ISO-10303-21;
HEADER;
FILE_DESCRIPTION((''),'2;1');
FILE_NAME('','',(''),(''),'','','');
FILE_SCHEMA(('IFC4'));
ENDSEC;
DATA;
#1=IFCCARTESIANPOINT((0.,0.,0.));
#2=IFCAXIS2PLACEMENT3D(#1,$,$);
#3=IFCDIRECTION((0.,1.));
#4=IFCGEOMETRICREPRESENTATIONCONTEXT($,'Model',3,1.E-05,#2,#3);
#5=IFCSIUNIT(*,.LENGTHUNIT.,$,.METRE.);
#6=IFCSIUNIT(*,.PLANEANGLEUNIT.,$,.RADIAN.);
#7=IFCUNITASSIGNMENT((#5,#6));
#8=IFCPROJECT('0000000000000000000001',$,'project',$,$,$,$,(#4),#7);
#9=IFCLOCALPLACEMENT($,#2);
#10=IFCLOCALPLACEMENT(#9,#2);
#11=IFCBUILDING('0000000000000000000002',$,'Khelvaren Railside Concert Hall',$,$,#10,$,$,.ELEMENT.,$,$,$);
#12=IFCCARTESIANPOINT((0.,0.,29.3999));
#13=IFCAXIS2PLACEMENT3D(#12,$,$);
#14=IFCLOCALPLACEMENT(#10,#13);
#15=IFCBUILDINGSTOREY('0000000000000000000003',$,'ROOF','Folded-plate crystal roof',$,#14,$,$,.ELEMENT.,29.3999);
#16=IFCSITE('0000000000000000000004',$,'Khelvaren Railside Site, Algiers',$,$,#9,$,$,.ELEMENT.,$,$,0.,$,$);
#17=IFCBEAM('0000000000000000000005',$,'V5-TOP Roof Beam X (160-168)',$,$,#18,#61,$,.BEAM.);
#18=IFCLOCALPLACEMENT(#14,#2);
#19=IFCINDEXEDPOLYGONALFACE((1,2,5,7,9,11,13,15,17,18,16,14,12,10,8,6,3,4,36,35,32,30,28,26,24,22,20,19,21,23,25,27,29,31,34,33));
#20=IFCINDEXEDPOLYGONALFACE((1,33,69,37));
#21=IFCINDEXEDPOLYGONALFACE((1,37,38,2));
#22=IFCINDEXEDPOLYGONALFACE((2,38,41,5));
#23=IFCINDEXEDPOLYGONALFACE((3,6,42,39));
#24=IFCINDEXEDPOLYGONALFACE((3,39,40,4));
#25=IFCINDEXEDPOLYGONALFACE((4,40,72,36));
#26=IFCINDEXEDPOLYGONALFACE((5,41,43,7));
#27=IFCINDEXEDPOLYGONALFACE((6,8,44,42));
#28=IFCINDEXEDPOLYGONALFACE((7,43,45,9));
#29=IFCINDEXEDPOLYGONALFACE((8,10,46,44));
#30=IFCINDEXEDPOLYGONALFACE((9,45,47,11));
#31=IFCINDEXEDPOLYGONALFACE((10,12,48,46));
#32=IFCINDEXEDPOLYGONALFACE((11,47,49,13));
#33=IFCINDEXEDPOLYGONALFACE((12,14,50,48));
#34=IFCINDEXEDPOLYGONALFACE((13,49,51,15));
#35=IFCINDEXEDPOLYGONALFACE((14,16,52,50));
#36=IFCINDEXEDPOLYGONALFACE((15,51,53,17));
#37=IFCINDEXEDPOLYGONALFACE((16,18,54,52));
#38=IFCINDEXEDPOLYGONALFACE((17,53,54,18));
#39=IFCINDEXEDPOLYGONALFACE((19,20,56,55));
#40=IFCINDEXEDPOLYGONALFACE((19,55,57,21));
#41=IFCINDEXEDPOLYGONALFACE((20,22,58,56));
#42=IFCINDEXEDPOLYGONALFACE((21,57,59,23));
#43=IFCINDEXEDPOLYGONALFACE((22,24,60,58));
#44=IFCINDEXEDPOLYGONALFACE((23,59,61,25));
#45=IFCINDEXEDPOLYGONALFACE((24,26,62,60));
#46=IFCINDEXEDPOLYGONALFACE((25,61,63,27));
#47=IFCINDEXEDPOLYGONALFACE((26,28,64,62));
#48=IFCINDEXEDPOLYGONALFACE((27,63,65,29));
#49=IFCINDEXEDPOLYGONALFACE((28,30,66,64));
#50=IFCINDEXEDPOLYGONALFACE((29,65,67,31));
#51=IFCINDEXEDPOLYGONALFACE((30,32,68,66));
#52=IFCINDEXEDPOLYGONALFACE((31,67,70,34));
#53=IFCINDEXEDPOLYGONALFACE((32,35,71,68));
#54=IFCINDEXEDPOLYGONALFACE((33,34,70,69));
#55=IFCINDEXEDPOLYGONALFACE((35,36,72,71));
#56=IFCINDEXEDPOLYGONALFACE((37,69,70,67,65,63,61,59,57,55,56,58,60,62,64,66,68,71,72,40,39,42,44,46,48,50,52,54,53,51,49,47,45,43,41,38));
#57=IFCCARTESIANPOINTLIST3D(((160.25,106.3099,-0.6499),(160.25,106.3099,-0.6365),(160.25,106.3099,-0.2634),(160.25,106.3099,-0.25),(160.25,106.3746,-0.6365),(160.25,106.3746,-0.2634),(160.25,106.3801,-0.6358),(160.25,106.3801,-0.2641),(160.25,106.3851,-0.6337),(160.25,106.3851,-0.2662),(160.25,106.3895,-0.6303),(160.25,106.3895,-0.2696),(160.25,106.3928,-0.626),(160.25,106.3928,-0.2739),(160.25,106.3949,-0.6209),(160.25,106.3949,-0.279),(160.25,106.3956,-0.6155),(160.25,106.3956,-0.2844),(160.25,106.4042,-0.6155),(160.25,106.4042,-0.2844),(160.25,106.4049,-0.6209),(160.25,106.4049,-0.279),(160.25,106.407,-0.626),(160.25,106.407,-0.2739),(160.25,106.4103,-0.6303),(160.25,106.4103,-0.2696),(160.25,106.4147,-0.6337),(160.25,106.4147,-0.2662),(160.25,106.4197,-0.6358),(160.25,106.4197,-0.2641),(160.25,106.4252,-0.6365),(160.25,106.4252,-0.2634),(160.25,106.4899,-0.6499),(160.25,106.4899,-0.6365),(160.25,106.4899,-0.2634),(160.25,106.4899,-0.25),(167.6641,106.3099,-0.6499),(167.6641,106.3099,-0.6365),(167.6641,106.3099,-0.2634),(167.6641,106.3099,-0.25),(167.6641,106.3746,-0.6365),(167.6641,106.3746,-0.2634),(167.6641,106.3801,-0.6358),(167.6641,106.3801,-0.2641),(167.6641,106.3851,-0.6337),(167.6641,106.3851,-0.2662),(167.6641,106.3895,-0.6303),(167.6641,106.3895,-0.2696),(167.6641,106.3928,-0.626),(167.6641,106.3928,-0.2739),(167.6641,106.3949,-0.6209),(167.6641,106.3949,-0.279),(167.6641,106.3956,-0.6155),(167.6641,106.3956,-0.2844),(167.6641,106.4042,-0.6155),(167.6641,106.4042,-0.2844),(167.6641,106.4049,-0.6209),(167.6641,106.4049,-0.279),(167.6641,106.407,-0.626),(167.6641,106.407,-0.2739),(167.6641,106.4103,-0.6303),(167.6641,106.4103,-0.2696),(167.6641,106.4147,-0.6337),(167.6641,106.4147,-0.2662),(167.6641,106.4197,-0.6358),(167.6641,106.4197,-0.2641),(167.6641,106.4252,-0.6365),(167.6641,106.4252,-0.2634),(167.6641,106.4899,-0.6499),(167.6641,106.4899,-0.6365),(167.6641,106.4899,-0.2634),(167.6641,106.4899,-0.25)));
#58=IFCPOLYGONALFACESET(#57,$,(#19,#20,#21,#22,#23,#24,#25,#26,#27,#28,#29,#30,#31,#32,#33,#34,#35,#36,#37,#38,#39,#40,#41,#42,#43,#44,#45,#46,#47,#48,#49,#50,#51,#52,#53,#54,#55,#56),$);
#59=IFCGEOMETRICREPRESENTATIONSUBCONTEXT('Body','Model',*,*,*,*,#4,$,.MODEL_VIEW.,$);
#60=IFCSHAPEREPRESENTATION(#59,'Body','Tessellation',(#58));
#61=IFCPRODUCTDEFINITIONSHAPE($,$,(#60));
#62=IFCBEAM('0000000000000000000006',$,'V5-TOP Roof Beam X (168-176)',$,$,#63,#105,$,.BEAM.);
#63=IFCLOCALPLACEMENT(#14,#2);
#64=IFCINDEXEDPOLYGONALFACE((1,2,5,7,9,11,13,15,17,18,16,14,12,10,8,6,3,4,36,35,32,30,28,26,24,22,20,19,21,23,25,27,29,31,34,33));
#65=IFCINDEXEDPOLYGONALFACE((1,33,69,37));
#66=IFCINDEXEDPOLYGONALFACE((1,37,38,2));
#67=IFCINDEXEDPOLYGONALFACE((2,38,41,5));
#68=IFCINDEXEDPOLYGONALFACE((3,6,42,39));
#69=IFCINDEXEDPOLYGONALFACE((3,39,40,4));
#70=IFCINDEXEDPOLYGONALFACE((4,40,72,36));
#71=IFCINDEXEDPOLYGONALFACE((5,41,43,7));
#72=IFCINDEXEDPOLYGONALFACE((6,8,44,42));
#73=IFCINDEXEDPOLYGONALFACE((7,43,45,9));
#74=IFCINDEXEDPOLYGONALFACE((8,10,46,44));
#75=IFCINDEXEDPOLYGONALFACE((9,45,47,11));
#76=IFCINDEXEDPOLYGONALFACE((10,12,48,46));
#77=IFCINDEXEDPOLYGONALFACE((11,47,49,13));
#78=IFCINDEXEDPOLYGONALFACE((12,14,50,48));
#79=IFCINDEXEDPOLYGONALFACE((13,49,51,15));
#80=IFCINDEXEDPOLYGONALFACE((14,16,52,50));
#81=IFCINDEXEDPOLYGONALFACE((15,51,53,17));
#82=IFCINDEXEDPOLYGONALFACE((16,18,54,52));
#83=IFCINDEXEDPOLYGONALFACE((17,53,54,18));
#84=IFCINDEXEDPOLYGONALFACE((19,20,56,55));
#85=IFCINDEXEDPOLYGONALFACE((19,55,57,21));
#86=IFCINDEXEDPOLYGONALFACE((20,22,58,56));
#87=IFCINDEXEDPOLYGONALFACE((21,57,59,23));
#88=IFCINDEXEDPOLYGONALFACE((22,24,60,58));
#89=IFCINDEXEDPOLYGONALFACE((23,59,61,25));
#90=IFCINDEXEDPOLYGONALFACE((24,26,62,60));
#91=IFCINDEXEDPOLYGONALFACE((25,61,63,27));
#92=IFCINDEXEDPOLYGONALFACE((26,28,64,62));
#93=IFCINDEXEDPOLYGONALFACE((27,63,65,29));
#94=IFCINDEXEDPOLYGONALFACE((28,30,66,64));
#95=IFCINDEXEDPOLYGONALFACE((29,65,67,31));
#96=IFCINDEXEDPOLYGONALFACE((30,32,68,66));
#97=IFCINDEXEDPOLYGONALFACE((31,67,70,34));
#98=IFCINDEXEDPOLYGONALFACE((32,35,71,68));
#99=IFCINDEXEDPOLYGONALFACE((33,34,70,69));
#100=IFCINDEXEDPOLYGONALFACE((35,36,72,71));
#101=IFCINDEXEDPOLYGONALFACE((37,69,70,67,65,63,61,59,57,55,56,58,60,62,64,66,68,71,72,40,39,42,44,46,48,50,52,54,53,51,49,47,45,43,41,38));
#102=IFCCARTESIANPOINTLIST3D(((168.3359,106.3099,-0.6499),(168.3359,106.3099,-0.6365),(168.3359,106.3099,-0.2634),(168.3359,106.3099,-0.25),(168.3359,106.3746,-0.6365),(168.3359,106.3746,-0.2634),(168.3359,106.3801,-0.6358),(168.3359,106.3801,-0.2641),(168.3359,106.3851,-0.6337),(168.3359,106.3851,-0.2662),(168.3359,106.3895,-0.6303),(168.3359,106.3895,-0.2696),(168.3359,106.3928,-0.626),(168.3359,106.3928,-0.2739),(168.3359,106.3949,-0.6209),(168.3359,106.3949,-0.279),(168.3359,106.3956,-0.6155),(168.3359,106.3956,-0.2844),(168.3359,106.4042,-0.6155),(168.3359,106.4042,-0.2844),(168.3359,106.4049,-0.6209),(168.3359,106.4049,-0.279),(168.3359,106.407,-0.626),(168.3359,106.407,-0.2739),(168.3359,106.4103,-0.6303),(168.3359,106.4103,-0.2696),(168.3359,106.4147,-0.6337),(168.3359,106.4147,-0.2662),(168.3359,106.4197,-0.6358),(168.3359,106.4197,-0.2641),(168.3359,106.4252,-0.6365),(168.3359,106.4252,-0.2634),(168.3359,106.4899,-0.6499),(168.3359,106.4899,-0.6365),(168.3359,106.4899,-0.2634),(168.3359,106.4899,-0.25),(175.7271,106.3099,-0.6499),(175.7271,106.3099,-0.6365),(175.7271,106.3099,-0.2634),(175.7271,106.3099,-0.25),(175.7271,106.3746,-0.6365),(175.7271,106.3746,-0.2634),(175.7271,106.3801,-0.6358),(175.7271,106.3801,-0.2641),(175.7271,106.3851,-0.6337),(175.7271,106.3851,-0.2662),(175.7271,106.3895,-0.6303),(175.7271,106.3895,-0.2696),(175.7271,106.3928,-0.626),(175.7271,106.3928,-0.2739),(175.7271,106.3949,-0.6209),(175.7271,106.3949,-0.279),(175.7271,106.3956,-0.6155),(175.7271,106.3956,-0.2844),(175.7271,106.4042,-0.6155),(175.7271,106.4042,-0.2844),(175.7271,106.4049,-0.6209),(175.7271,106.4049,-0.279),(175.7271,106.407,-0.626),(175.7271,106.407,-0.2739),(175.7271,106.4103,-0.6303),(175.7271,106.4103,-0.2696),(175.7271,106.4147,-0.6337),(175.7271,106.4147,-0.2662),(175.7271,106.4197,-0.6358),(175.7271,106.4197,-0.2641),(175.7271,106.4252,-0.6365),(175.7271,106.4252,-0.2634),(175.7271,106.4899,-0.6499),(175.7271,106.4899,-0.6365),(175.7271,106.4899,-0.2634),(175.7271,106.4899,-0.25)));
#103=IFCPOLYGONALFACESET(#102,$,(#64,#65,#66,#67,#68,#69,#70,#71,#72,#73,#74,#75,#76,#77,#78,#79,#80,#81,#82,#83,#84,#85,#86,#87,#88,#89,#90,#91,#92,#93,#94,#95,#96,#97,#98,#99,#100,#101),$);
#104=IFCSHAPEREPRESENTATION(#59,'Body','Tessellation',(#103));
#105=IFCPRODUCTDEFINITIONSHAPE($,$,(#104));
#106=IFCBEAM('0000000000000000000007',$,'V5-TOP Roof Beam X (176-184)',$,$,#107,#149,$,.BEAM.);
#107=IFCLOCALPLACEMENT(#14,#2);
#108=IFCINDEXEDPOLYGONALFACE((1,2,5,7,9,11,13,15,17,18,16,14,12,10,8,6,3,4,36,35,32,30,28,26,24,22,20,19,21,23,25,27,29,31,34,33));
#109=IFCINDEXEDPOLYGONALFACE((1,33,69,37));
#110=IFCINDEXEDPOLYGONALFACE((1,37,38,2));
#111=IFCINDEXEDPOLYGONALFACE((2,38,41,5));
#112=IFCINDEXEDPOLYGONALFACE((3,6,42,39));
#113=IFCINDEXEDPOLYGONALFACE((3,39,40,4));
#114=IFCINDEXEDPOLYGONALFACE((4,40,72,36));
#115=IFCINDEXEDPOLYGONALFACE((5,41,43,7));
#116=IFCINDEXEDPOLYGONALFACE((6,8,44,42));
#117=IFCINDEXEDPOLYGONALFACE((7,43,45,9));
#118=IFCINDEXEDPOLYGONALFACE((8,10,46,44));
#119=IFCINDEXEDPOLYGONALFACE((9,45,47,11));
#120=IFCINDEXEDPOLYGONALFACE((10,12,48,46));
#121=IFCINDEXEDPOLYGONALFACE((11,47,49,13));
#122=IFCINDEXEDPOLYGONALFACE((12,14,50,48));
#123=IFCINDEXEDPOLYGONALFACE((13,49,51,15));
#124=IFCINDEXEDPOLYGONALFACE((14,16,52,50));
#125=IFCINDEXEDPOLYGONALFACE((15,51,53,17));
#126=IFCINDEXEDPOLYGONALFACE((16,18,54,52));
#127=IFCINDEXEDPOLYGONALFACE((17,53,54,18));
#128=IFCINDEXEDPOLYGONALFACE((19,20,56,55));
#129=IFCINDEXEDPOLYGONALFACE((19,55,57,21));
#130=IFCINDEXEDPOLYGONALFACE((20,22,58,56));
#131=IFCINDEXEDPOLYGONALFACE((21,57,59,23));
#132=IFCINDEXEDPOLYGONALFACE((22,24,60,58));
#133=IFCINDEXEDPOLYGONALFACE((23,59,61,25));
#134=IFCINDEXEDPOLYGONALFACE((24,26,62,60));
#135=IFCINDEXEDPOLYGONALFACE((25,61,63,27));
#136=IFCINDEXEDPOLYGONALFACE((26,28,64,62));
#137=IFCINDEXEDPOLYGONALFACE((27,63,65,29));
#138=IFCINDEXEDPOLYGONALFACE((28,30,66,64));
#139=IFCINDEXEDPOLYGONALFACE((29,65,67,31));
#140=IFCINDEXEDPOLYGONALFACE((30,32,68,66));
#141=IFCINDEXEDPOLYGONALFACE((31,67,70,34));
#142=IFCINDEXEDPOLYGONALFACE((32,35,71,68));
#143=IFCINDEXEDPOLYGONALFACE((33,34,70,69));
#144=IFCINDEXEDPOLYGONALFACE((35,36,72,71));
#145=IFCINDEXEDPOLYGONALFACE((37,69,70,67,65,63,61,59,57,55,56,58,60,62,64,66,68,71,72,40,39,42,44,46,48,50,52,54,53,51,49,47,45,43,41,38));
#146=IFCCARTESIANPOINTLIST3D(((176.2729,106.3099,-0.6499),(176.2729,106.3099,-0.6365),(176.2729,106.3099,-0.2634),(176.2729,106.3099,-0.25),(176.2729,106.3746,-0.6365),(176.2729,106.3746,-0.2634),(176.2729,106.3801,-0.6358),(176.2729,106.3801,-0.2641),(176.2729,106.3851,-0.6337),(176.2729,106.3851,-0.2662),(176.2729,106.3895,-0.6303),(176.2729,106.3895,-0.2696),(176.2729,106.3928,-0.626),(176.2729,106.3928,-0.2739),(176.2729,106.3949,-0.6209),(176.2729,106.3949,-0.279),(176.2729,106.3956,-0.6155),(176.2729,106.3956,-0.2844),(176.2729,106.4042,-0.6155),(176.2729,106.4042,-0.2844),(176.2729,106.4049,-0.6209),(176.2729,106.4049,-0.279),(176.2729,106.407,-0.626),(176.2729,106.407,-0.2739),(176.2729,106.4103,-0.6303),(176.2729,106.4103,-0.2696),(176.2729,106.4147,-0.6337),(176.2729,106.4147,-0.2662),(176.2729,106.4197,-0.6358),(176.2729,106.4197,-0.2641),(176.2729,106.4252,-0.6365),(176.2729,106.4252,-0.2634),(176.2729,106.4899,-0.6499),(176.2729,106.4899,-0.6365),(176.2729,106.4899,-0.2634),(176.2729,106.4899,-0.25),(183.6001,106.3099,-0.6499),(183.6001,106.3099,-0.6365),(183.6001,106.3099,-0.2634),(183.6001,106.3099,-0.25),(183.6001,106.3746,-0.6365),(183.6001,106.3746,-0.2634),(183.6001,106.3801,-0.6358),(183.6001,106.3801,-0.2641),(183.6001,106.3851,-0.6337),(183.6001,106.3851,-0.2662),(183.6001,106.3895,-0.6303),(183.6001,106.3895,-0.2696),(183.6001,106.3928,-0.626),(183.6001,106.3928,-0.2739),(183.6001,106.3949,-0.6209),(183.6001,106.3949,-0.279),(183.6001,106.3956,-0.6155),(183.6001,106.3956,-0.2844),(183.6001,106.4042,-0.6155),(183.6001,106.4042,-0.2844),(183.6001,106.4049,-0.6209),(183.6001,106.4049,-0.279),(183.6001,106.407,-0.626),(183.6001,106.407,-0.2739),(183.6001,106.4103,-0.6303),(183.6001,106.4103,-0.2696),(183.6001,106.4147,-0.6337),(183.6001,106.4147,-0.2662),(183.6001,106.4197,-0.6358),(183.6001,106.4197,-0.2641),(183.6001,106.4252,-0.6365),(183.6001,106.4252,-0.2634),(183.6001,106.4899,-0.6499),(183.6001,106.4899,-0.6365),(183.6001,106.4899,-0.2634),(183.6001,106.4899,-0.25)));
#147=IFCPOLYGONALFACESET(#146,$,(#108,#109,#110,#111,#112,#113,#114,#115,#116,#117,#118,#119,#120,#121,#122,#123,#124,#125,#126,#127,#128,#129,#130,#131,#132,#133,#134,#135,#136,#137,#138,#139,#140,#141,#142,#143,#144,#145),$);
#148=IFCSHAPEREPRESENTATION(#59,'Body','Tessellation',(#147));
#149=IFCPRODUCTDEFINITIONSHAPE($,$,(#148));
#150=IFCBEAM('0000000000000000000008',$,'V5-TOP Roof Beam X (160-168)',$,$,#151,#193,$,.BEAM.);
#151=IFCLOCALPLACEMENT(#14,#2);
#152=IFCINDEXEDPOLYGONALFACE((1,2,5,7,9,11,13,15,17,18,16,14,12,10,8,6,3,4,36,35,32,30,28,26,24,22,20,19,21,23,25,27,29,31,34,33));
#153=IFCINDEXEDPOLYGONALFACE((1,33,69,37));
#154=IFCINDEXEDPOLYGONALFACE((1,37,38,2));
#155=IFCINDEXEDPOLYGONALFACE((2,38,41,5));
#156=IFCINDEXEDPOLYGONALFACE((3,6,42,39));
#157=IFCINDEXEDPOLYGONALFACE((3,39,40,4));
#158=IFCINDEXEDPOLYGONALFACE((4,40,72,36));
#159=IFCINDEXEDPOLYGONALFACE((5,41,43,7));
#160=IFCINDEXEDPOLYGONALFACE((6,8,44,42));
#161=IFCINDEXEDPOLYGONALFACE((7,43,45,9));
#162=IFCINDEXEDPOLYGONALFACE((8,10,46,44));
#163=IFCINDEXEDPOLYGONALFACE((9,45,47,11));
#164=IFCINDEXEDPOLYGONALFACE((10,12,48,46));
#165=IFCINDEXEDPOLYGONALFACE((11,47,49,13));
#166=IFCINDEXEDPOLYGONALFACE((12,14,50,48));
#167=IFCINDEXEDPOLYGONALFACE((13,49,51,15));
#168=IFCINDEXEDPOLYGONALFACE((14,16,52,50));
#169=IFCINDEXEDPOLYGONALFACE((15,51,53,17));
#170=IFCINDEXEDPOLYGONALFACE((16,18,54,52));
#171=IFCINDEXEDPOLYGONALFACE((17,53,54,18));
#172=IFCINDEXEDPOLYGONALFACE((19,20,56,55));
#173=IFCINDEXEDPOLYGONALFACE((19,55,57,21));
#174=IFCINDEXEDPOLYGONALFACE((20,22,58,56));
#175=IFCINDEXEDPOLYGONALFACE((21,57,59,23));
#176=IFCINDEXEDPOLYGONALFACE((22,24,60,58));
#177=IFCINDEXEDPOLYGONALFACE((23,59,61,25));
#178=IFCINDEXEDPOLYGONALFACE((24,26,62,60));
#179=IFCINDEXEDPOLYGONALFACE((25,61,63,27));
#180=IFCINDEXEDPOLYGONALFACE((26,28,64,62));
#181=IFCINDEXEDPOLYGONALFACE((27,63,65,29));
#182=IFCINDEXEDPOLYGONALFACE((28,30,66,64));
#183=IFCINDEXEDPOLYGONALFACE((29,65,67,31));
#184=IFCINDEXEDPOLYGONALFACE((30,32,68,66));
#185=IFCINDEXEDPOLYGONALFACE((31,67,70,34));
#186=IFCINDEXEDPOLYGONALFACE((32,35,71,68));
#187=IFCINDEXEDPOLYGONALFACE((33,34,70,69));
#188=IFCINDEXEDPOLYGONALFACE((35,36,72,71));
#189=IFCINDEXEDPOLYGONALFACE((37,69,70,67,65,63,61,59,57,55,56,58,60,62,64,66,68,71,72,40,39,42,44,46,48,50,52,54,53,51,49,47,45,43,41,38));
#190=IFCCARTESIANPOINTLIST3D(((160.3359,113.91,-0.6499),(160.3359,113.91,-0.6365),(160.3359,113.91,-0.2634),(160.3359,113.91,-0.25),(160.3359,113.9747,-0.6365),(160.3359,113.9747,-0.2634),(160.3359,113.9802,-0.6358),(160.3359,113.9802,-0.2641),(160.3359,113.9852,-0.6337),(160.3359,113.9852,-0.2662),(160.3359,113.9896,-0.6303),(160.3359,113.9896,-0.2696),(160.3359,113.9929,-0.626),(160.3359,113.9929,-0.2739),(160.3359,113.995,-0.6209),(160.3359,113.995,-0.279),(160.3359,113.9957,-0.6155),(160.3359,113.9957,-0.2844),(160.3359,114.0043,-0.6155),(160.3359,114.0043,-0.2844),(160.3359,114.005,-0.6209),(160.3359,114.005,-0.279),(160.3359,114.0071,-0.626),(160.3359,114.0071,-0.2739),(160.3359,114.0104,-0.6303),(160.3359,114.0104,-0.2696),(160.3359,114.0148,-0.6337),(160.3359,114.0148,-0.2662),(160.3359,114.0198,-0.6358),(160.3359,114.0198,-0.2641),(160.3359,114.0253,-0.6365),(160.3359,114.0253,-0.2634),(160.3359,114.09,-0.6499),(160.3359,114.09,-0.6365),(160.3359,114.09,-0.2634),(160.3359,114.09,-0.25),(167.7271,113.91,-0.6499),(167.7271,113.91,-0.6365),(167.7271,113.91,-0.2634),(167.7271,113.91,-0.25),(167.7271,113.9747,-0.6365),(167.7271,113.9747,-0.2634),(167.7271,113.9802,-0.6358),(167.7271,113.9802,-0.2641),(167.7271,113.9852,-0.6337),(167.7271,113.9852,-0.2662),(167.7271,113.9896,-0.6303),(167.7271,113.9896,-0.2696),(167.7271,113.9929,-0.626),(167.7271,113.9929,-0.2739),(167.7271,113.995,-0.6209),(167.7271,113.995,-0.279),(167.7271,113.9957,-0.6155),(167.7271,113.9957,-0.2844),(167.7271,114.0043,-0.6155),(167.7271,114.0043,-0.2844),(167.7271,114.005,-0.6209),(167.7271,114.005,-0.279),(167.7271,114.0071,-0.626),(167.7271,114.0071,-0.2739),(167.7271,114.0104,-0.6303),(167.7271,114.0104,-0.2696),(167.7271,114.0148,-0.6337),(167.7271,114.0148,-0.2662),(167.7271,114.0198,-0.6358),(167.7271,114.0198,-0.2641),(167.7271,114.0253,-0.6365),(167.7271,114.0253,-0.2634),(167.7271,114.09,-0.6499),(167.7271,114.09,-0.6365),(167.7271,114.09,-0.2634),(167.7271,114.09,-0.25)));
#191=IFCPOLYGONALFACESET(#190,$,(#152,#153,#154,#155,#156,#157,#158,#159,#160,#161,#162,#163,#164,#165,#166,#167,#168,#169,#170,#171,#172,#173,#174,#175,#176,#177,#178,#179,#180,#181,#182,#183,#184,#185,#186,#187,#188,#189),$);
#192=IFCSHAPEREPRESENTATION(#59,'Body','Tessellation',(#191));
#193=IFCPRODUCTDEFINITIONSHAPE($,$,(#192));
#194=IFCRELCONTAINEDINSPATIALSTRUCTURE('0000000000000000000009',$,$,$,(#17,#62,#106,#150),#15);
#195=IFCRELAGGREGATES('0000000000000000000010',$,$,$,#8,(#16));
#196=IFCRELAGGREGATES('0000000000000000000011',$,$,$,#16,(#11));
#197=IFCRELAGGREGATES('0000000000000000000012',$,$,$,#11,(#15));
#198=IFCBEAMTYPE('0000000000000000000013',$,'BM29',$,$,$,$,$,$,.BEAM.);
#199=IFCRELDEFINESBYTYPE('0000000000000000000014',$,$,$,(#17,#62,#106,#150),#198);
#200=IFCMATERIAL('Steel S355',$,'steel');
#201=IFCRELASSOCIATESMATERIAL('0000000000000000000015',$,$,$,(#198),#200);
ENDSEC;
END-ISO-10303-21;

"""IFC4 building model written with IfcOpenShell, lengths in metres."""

from ifc_helpers import new_model, si_unit, direction, frame, origin, origin_2d, place, context, subcontext, project, spatial, i_section, extrude, material, material_profile, profile_set, type_object, element, save


model = new_model("IFC4")

# Units and contexts
model_context = context("Model", 3, precision=1e-05, world=origin(), true_north=direction((0.0, 1.0)))
body_context = subcontext(model_context, "Body", "Model", "MODEL_VIEW")
ifc_project = project(units=[si_unit("LENGTHUNIT", "METRE"), si_unit("PLANEANGLEUNIT", "RADIAN")], contexts=[model_context])

# Site, building, storey
site_placement = place(None, origin())
site = spatial("IfcSite", under=ifc_project, at=site_placement, Name="Khelvaren Railside Site, Algiers", CompositionType="ELEMENT", RefElevation=0.0)
building_placement = place(site_placement, origin())
building = spatial("IfcBuilding", under=site, at=building_placement, Name="Khelvaren Railside Concert Hall", CompositionType="ELEMENT")
storey_placement = place(building_placement, frame((0.0, 0.0, 29.3999)))
storey = spatial("IfcBuildingStorey", under=building, at=storey_placement, Name="ROOF", Description="Folded-plate crystal roof", CompositionType="ELEMENT", Elevation=29.3999)

# Beams
ifc_material_1 = material(Name="Steel S355", Category="steel")
ifc_material_profile = material_profile(ifc_material_1, i_section(OverallWidth=0.1799, OverallDepth=0.3999, WebThickness=0.0085, FlangeThickness=0.0134, FilletRadius=0.021, at=origin_2d()), Name="IPE 400")
ifc_profile_set = profile_set([ifc_material_profile], Name="Steel S355")
beam_type = type_object("IfcBeamType", Name="BM29", PredefinedType="BEAM", material=ifc_profile_set)
beam_1_placement = place(storey_placement, frame((160.25, 106.3999, -0.45), z_axis=(1.0, 0.0, 0.0), x_axis=(0.0, 1.0, 0.0)))
element("IfcBeam", 1, at=beam_1_placement, inside=storey, type_object=beam_type, Name="V5-TOP Roof Beam X (160-168)", PredefinedType="BEAM", context=body_context, shape_type="SweptSolid", body=[
    extrude(i_section(OverallWidth=0.1799, OverallDepth=0.3999, WebThickness=0.0085, FlangeThickness=0.0134, FilletRadius=0.021, at=origin_2d()), origin(), (0.0, 0.0, 1.0), 7.4141),
])
beam_2_placement = place(storey_placement, frame((168.3359, 106.3999, -0.45), z_axis=(1.0, 0.0, 0.0), x_axis=(0.0, 1.0, 0.0)))
element("IfcBeam", 2, at=beam_2_placement, inside=storey, type_object=beam_type, Name="V5-TOP Roof Beam X (168-176)", PredefinedType="BEAM", context=body_context, shape_type="SweptSolid", body=[
    extrude(i_section(OverallWidth=0.1799, OverallDepth=0.3999, WebThickness=0.0085, FlangeThickness=0.0134, FilletRadius=0.021, at=origin_2d()), origin(), (0.0, 0.0, 1.0), 7.3911),
])
beam_3_placement = place(storey_placement, frame((176.2729, 106.3999, -0.45), z_axis=(1.0, 0.0, 0.0), x_axis=(0.0, 1.0, 0.0)))
element("IfcBeam", 3, at=beam_3_placement, inside=storey, type_object=beam_type, Name="V5-TOP Roof Beam X (176-184)", PredefinedType="BEAM", context=body_context, shape_type="SweptSolid", body=[
    extrude(i_section(OverallWidth=0.1799, OverallDepth=0.3999, WebThickness=0.0085, FlangeThickness=0.0134, FilletRadius=0.021, at=origin_2d()), origin(), (0.0, 0.0, 1.0), 7.3271),
])
beam_4_placement = place(storey_placement, frame((160.3359, 114.0, -0.45), z_axis=(1.0, 0.0, 0.0), x_axis=(0.0, 1.0, 0.0)))
element("IfcBeam", 4, at=beam_4_placement, inside=storey, type_object=beam_type, Name="V5-TOP Roof Beam X (160-168)", PredefinedType="BEAM", context=body_context, shape_type="SweptSolid", body=[
    extrude(i_section(OverallWidth=0.1799, OverallDepth=0.3999, WebThickness=0.0085, FlangeThickness=0.0134, FilletRadius=0.021, at=origin_2d()), origin(), (0.0, 0.0, 1.0), 7.3911),
])

save(model, "model.ifc")
